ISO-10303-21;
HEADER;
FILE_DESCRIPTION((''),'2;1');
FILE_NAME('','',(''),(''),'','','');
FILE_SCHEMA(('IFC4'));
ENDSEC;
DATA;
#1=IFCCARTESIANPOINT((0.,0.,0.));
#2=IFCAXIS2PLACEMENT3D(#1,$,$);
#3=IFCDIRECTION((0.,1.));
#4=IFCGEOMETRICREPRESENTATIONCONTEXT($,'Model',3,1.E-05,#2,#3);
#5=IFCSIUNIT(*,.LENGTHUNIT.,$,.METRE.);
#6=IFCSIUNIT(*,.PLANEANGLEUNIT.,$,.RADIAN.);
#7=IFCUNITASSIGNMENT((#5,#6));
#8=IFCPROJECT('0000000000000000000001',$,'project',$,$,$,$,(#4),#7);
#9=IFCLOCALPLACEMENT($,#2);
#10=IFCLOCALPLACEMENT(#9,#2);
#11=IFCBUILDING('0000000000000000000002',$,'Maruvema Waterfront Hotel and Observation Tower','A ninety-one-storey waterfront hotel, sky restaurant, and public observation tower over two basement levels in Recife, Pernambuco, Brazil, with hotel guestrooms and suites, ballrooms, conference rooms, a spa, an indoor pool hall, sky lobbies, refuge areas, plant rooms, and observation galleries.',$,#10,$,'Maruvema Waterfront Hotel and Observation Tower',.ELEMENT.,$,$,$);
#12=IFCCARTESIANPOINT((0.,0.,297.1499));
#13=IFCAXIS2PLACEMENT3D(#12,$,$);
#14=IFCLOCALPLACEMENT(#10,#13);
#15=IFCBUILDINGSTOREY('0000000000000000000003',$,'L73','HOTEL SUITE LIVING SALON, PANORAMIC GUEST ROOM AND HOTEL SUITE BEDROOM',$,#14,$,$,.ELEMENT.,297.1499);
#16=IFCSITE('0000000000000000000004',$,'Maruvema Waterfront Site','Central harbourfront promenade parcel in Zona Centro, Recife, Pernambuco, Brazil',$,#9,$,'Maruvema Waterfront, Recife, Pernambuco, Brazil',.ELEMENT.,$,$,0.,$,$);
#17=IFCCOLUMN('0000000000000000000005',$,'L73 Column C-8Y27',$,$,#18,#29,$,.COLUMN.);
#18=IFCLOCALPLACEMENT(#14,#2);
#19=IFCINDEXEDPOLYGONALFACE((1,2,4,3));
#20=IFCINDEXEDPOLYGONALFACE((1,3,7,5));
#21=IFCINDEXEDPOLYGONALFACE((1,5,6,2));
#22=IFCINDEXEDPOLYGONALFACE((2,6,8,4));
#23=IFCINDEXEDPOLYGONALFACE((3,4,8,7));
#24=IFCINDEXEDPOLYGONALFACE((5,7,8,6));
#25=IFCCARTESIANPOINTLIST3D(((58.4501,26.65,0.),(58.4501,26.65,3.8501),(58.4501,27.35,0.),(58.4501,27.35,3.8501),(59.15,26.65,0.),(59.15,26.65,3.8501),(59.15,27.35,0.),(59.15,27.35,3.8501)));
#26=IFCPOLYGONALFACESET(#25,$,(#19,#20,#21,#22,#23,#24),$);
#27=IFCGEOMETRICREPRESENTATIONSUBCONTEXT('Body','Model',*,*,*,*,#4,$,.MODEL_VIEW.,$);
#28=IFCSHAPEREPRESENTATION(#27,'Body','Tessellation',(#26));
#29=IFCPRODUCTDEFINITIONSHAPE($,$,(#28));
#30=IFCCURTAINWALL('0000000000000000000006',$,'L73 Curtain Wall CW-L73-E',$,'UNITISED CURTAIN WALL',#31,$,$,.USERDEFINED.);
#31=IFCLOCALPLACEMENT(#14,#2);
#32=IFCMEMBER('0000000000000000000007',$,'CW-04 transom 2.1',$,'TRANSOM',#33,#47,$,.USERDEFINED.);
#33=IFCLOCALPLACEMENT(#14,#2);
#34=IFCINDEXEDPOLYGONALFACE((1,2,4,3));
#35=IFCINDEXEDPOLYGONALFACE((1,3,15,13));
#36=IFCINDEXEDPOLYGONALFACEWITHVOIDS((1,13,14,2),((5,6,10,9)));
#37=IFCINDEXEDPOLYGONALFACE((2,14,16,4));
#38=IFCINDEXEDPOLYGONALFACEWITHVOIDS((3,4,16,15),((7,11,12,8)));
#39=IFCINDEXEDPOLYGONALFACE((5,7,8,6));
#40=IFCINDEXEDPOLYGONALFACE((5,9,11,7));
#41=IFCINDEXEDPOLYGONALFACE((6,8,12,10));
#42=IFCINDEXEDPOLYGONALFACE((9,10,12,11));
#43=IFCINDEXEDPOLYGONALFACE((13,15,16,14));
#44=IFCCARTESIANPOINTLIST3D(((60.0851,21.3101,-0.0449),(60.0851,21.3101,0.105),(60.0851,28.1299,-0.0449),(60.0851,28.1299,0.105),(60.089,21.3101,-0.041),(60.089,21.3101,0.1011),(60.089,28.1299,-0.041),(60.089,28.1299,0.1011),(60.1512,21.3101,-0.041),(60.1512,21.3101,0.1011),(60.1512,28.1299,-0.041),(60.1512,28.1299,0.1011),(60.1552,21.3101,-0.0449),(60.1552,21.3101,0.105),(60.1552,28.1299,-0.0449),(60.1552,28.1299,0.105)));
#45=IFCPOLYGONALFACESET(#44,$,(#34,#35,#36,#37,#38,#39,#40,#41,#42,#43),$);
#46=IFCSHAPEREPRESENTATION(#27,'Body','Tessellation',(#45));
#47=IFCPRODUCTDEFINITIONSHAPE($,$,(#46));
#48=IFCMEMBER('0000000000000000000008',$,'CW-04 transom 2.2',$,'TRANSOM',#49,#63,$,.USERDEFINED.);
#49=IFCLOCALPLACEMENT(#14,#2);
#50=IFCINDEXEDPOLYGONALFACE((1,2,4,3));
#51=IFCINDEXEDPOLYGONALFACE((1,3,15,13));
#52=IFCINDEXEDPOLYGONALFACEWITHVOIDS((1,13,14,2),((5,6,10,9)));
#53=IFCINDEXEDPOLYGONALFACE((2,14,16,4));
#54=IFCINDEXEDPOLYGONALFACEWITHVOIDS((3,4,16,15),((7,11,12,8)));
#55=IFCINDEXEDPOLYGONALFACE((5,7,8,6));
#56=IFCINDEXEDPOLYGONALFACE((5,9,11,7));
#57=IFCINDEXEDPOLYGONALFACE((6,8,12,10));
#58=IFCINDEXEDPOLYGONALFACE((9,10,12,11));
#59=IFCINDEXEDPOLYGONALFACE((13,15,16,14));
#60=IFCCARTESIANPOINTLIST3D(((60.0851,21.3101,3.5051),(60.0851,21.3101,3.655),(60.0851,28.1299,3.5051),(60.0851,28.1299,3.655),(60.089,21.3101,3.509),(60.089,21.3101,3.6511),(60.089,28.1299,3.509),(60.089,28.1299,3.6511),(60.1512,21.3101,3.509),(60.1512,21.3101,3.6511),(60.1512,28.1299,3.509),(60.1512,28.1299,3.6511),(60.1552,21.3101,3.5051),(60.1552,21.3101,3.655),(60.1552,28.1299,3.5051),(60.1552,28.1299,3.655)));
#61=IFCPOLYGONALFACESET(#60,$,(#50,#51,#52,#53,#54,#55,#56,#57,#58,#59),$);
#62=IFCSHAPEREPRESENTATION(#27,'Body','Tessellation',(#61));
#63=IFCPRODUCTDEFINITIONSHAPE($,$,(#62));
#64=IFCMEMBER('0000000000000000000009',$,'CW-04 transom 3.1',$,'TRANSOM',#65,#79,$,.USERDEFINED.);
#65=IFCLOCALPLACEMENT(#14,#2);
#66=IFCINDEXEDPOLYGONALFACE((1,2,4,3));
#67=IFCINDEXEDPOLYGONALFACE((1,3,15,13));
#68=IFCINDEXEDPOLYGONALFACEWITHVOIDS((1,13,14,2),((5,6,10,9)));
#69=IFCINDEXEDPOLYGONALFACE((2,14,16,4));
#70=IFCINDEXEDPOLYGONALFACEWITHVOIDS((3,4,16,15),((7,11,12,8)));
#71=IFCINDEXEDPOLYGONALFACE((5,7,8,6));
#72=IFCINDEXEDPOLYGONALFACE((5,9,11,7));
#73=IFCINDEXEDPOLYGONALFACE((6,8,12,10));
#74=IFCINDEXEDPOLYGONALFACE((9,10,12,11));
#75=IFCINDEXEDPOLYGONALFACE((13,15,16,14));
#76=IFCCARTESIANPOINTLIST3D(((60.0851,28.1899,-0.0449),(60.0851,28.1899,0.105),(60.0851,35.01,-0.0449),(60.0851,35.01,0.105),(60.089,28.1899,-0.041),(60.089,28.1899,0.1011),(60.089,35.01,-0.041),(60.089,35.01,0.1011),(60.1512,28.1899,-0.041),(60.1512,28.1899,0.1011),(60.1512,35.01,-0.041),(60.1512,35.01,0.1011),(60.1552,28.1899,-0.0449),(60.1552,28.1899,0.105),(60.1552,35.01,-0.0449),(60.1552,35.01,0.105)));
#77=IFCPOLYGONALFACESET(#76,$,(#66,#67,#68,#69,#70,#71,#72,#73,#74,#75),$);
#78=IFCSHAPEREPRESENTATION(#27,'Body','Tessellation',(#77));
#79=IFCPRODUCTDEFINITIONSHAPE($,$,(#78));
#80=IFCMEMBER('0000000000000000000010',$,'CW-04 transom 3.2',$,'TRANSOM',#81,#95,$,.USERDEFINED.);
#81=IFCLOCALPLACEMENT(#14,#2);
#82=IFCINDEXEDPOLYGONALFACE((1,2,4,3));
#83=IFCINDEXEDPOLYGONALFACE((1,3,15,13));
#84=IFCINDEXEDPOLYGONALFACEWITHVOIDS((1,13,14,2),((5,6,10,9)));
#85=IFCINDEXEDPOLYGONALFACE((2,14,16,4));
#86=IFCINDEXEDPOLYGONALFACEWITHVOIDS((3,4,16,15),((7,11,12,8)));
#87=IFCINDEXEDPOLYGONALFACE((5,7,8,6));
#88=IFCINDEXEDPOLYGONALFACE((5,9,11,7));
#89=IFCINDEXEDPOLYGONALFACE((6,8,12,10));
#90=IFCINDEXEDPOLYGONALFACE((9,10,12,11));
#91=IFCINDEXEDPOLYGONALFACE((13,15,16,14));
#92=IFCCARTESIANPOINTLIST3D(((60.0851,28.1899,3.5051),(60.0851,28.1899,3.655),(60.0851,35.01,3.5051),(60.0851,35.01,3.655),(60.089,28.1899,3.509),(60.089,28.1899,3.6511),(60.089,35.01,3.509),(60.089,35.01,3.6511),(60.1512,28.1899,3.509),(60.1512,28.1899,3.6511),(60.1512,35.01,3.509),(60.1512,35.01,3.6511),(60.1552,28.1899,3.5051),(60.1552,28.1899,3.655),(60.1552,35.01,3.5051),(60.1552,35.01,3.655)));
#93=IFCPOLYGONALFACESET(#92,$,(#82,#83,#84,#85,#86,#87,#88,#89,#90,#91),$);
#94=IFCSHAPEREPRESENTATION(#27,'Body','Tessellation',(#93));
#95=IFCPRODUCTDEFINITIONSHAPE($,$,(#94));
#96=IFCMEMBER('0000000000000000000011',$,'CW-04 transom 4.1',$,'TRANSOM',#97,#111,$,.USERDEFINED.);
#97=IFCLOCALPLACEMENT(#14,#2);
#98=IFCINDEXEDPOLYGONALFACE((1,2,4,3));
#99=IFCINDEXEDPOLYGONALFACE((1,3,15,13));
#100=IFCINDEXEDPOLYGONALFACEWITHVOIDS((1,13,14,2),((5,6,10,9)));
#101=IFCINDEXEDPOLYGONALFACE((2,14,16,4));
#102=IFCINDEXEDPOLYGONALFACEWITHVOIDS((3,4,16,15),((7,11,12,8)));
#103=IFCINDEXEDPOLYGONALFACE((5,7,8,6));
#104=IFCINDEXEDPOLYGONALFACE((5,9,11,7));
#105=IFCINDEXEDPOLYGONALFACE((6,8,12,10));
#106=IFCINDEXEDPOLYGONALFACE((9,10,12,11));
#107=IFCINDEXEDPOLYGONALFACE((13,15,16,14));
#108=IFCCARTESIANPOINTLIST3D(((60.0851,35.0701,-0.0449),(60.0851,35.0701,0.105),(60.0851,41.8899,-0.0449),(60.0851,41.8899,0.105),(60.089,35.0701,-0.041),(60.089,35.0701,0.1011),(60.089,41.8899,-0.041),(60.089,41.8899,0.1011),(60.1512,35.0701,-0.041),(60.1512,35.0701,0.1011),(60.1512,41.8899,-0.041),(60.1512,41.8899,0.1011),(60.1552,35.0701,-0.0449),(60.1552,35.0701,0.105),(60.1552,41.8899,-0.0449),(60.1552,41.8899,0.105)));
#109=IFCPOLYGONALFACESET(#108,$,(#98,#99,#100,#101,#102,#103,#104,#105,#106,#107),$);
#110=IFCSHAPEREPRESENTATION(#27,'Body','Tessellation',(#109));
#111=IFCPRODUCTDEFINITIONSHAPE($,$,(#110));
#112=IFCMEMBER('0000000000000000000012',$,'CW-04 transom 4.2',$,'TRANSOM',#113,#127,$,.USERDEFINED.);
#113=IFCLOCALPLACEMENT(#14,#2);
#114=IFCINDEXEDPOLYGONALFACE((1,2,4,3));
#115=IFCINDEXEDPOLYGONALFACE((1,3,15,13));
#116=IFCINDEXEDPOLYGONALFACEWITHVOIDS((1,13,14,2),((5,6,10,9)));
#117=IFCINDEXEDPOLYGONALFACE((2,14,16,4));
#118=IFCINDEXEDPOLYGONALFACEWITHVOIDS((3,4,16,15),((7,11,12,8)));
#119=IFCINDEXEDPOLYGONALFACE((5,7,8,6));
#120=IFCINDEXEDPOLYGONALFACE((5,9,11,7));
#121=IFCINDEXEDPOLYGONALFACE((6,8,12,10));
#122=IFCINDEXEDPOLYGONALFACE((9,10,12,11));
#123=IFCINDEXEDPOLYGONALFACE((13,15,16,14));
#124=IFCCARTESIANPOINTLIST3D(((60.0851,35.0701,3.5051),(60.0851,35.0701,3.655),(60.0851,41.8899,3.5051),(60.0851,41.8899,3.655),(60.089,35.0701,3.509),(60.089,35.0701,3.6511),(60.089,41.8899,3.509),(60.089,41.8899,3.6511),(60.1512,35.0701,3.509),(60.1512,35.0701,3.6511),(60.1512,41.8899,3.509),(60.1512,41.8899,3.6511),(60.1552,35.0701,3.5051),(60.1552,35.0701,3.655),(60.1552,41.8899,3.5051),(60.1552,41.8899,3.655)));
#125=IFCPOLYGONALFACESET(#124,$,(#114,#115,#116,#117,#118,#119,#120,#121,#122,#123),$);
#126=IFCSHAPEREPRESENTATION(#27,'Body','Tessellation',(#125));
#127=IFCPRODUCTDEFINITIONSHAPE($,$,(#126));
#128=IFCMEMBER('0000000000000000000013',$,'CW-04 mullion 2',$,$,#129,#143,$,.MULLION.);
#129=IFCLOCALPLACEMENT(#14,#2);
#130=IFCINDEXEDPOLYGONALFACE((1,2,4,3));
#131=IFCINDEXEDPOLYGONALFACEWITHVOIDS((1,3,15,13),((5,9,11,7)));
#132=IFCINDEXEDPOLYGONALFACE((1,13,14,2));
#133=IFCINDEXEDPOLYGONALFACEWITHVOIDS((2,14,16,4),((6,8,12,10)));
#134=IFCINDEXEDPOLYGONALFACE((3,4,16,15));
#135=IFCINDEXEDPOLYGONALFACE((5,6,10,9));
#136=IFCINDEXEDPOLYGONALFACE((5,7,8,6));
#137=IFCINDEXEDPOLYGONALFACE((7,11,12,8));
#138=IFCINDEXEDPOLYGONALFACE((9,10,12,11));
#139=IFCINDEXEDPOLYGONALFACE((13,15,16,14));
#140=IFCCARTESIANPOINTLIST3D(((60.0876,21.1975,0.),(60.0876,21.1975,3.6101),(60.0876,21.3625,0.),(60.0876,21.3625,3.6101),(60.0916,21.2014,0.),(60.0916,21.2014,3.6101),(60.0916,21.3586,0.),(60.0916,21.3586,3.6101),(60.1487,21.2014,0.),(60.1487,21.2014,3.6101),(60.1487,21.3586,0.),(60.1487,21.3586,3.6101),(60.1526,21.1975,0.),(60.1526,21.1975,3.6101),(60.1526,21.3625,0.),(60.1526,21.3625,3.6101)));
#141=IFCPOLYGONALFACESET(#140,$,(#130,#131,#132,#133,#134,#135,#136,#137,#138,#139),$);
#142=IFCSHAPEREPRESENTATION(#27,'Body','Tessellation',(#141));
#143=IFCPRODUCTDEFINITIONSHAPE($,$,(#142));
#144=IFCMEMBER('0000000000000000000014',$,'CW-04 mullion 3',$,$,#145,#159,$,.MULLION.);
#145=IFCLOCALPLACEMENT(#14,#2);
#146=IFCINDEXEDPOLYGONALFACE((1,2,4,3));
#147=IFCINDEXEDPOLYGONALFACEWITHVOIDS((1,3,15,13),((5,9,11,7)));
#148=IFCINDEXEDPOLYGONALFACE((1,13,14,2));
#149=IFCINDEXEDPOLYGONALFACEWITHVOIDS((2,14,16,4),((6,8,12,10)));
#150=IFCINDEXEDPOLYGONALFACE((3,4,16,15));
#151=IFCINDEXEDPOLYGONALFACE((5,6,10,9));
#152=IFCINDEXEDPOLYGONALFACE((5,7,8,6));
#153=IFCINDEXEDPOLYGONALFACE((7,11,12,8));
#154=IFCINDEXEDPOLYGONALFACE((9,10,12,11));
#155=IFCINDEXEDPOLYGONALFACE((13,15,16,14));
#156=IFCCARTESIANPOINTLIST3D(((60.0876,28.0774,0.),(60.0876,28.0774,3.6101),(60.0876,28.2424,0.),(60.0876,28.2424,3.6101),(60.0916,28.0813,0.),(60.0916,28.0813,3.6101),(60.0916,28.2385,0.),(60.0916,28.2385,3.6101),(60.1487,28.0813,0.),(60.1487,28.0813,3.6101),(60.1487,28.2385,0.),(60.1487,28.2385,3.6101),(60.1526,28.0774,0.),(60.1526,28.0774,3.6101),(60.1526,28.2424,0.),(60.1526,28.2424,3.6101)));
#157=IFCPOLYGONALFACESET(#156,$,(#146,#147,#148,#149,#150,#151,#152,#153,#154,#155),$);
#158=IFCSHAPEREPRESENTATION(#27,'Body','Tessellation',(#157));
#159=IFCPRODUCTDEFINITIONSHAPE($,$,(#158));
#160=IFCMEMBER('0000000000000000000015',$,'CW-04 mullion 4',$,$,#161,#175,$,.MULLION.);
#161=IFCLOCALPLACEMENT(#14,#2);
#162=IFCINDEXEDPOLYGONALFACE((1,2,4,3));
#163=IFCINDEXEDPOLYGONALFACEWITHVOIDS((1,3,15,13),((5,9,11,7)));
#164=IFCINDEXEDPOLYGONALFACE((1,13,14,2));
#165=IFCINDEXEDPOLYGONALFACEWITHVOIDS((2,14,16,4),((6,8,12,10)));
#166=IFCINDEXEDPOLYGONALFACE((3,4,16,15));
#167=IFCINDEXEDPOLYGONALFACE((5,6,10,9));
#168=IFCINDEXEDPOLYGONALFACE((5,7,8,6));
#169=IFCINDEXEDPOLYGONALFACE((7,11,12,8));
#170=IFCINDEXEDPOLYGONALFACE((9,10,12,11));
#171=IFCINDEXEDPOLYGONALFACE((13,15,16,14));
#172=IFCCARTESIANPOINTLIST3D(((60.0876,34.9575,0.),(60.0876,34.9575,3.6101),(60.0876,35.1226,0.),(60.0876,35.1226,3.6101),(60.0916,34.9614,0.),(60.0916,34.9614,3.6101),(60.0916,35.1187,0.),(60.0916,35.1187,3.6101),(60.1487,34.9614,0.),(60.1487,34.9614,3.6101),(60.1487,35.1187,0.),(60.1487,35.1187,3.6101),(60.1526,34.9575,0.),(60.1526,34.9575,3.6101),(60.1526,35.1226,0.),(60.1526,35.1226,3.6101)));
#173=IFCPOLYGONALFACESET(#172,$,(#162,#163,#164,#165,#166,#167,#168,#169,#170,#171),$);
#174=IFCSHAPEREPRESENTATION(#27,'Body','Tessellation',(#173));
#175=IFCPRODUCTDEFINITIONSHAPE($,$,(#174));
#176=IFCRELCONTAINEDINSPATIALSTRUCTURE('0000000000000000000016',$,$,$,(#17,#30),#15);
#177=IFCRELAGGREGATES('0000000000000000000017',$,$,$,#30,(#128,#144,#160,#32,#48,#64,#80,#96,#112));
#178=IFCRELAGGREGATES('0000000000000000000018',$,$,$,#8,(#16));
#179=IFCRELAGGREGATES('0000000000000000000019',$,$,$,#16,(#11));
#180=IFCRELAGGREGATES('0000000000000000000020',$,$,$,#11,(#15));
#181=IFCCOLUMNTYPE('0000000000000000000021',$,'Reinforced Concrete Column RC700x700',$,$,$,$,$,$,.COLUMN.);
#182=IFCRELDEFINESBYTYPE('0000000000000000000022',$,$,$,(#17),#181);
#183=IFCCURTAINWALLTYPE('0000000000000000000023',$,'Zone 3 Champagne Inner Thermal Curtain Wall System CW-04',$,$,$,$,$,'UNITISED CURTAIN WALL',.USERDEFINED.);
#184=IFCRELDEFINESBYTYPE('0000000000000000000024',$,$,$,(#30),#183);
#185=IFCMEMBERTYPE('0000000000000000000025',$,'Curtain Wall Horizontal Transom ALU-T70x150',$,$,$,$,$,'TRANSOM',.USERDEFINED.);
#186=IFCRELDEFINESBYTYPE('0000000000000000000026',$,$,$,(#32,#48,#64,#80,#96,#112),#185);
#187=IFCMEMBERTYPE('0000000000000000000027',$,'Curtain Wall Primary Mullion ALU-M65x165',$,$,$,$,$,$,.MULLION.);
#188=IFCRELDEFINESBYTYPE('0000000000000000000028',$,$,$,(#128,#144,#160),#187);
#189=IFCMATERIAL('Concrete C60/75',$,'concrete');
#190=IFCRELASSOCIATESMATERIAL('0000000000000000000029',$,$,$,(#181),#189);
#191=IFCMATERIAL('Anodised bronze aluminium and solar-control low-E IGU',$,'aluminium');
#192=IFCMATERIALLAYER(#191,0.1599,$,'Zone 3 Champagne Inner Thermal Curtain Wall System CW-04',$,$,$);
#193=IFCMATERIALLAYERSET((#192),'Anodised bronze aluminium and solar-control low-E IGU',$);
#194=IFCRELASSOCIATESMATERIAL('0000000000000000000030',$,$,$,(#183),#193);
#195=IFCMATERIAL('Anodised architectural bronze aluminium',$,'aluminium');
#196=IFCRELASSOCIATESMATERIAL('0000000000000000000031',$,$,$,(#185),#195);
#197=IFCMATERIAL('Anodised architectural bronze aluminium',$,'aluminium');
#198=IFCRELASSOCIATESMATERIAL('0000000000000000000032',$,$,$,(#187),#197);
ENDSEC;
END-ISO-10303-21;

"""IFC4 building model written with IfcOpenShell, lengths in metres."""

from ifc_helpers import new_model, si_unit, direction, frame, origin, origin_2d, place, context, subcontext, project, spatial, rectangle, hollow_rectangle, extrude, material, layer, layer_set, material_profile, profile_set, type_object, element, aggregate, save


model = new_model("IFC4")

# Units and contexts
model_context = context("Model", 3, precision=1e-05, world=origin(), true_north=direction((0.0, 1.0)))
body_context = subcontext(model_context, "Body", "Model", "MODEL_VIEW")
ifc_project = project(units=[si_unit("LENGTHUNIT", "METRE"), si_unit("PLANEANGLEUNIT", "RADIAN")], contexts=[model_context])

# Site, building, storey
site_placement = place(None, origin())
site = spatial("IfcSite", under=ifc_project, at=site_placement, Name="Maruvema Waterfront Site", Description="Central harbourfront promenade parcel in Zona Centro, Recife, Pernambuco, Brazil", LongName="Maruvema Waterfront, Recife, Pernambuco, Brazil", CompositionType="ELEMENT", RefElevation=0.0)
building_placement = place(site_placement, origin())
building = spatial("IfcBuilding", under=site, at=building_placement, Name="Maruvema Waterfront Hotel and Observation Tower", Description="A ninety-one-storey waterfront hotel, sky restaurant, and public observation tower over two basement levels in Recife, Pernambuco, Brazil, with hotel guestrooms and suites, ballrooms, conference rooms, a spa, an indoor pool hall, sky lobbies, refuge areas, plant rooms, and observation galleries.", LongName="Maruvema Waterfront Hotel and Observation Tower", CompositionType="ELEMENT")
storey_placement = place(building_placement, frame((0.0, 0.0, 297.1499)))
storey = spatial("IfcBuildingStorey", under=building, at=storey_placement, Name="L73", Description="HOTEL SUITE LIVING SALON, PANORAMIC GUEST ROOM AND HOTEL SUITE BEDROOM", CompositionType="ELEMENT", Elevation=297.1499)

# Column
ifc_material_1 = material(Name="Concrete C60/75", Category="concrete")
ifc_material_profile_1 = material_profile(ifc_material_1, rectangle(XDim=0.7, YDim=0.7, at=origin_2d()), Name="RC700x700")
ifc_profile_set_1 = profile_set([ifc_material_profile_1], Name="Concrete C60/75")
column_type = type_object("IfcColumnType", Name="Reinforced Concrete Column RC700x700", PredefinedType="COLUMN", material=ifc_profile_set_1)
column_placement = place(storey_placement, frame((58.8, 27.0, 0.0), z_axis=(0.0, 0.0, 1.0), x_axis=(1.0, 0.0, 0.0)))
element("IfcColumn", 1, at=column_placement, inside=storey, type_object=column_type, Name="L73 Column C-8Y27", PredefinedType="COLUMN", context=body_context, shape_type="SweptSolid", body=[
    extrude(rectangle(XDim=0.7, YDim=0.7, at=origin_2d()), origin(), (0.0, 0.0, 1.0), 3.8501),
])

# Curtain wall, members
ifc_material_2 = material(Name="Anodised bronze aluminium and solar-control low-E IGU", Category="aluminium")
ifc_layer_1 = layer(ifc_material_2, 0.1599, Name="Zone 3 Champagne Inner Thermal Curtain Wall System CW-04")
ifc_layer_set_1 = layer_set([ifc_layer_1], Name="Anodised bronze aluminium and solar-control low-E IGU")
curtain_wall_type = type_object("IfcCurtainWallType", Name="Zone 3 Champagne Inner Thermal Curtain Wall System CW-04", ElementType="UNITISED CURTAIN WALL", PredefinedType="USERDEFINED", material=ifc_layer_set_1)
curtain_wall_placement = place(storey_placement, origin())
curtain_wall = element("IfcCurtainWall", 2, at=curtain_wall_placement, inside=storey, type_object=curtain_wall_type, Name="L73 Curtain Wall CW-L73-E", ObjectType="UNITISED CURTAIN WALL", PredefinedType="USERDEFINED")
ifc_material_3 = material(Name="Anodised architectural bronze aluminium", Category="aluminium")
ifc_material_profile_2 = material_profile(ifc_material_3, hollow_rectangle(XDim=0.0701, YDim=0.1499, WallThickness=0.0039, at=origin_2d()), Name="ALU-T70x150")
ifc_profile_set_2 = profile_set([ifc_material_profile_2], Name="Anodised architectural bronze aluminium")
member_type_1 = type_object("IfcMemberType", Name="Curtain Wall Horizontal Transom ALU-T70x150", ElementType="TRANSOM", PredefinedType="USERDEFINED", material=ifc_profile_set_2)
member_1_placement = place(storey_placement, frame((60.1201, 21.3101, 0.03), z_axis=(0.0, 1.0, 0.0), x_axis=(-1.0, 0.0, 0.0)))
member_1 = element("IfcMember", 3, at=member_1_placement, type_object=member_type_1, Name="CW-04 transom 2.1", ObjectType="TRANSOM", PredefinedType="USERDEFINED", context=body_context, shape_type="SweptSolid", body=[
    extrude(hollow_rectangle(XDim=0.0701, YDim=0.1499, WallThickness=0.0039, at=origin_2d()), origin(), (0.0, 0.0, 1.0), 6.8198),
])
member_2_placement = place(storey_placement, frame((60.1201, 21.3101, 3.5801), z_axis=(0.0, 1.0, 0.0), x_axis=(-1.0, 0.0, 0.0)))
member_2 = element("IfcMember", 4, at=member_2_placement, type_object=member_type_1, Name="CW-04 transom 2.2", ObjectType="TRANSOM", PredefinedType="USERDEFINED", context=body_context, shape_type="SweptSolid", body=[
    extrude(hollow_rectangle(XDim=0.0701, YDim=0.1499, WallThickness=0.0039, at=origin_2d()), origin(), (0.0, 0.0, 1.0), 6.8198),
])
member_3_placement = place(storey_placement, frame((60.1201, 28.1899, 0.03), z_axis=(0.0, 1.0, 0.0), x_axis=(-1.0, 0.0, 0.0)))
member_3 = element("IfcMember", 5, at=member_3_placement, type_object=member_type_1, Name="CW-04 transom 3.1", ObjectType="TRANSOM", PredefinedType="USERDEFINED", context=body_context, shape_type="SweptSolid", body=[
    extrude(hollow_rectangle(XDim=0.0701, YDim=0.1499, WallThickness=0.0039, at=origin_2d()), origin(), (0.0, 0.0, 1.0), 6.8201),
])
member_4_placement = place(storey_placement, frame((60.1201, 28.1899, 3.5801), z_axis=(0.0, 1.0, 0.0), x_axis=(-1.0, 0.0, 0.0)))
member_4 = element("IfcMember", 6, at=member_4_placement, type_object=member_type_1, Name="CW-04 transom 3.2", ObjectType="TRANSOM", PredefinedType="USERDEFINED", context=body_context, shape_type="SweptSolid", body=[
    extrude(hollow_rectangle(XDim=0.0701, YDim=0.1499, WallThickness=0.0039, at=origin_2d()), origin(), (0.0, 0.0, 1.0), 6.8201),
])
member_5_placement = place(storey_placement, frame((60.1201, 35.0701, 0.03), z_axis=(0.0, 1.0, 0.0), x_axis=(-1.0, 0.0, 0.0)))
member_5 = element("IfcMember", 7, at=member_5_placement, type_object=member_type_1, Name="CW-04 transom 4.1", ObjectType="TRANSOM", PredefinedType="USERDEFINED", context=body_context, shape_type="SweptSolid", body=[
    extrude(hollow_rectangle(XDim=0.0701, YDim=0.1499, WallThickness=0.0039, at=origin_2d()), origin(), (0.0, 0.0, 1.0), 6.8198),
])
member_6_placement = place(storey_placement, frame((60.1201, 35.0701, 3.5801), z_axis=(0.0, 1.0, 0.0), x_axis=(-1.0, 0.0, 0.0)))
member_6 = element("IfcMember", 8, at=member_6_placement, type_object=member_type_1, Name="CW-04 transom 4.2", ObjectType="TRANSOM", PredefinedType="USERDEFINED", context=body_context, shape_type="SweptSolid", body=[
    extrude(hollow_rectangle(XDim=0.0701, YDim=0.1499, WallThickness=0.0039, at=origin_2d()), origin(), (0.0, 0.0, 1.0), 6.8198),
])
ifc_material_4 = material(Name="Anodised architectural bronze aluminium", Category="aluminium")
ifc_material_profile_3 = material_profile(ifc_material_4, hollow_rectangle(XDim=0.0649, YDim=0.165, WallThickness=0.0039, at=origin_2d()), Name="ALU-M65x165")
ifc_profile_set_3 = profile_set([ifc_material_profile_3], Name="Anodised architectural bronze aluminium")
member_type_2 = type_object("IfcMemberType", Name="Curtain Wall Primary Mullion ALU-M65x165", PredefinedType="MULLION", material=ifc_profile_set_3)
member_7_placement = place(storey_placement, frame((60.1201, 21.28, 0.0), z_axis=(0.0, 0.0, 1.0), x_axis=(-1.0, 0.0, 0.0)))
member_7 = element("IfcMember", 9, at=member_7_placement, type_object=member_type_2, Name="CW-04 mullion 2", PredefinedType="MULLION", context=body_context, shape_type="SweptSolid", body=[
    extrude(hollow_rectangle(XDim=0.0649, YDim=0.165, WallThickness=0.0039, at=origin_2d()), origin(), (0.0, 0.0, 1.0), 3.6101),
])
member_8_placement = place(storey_placement, frame((60.1201, 28.1599, 0.0), z_axis=(0.0, 0.0, 1.0), x_axis=(-1.0, 0.0, 0.0)))
member_8 = element("IfcMember", 10, at=member_8_placement, type_object=member_type_2, Name="CW-04 mullion 3", PredefinedType="MULLION", context=body_context, shape_type="SweptSolid", body=[
    extrude(hollow_rectangle(XDim=0.0649, YDim=0.165, WallThickness=0.0039, at=origin_2d()), origin(), (0.0, 0.0, 1.0), 3.6101),
])
member_9_placement = place(storey_placement, frame((60.1201, 35.04, 0.0), z_axis=(0.0, 0.0, 1.0), x_axis=(-1.0, 0.0, 0.0)))
member_9 = element("IfcMember", 11, at=member_9_placement, type_object=member_type_2, Name="CW-04 mullion 4", PredefinedType="MULLION", context=body_context, shape_type="SweptSolid", body=[
    extrude(hollow_rectangle(XDim=0.0649, YDim=0.165, WallThickness=0.0039, at=origin_2d()), origin(), (0.0, 0.0, 1.0), 3.6101),
])

aggregate(curtain_wall, [member_7, member_8, member_9, member_1, member_2, member_3, member_4, member_5, member_6])

save(model, "model.ifc")
